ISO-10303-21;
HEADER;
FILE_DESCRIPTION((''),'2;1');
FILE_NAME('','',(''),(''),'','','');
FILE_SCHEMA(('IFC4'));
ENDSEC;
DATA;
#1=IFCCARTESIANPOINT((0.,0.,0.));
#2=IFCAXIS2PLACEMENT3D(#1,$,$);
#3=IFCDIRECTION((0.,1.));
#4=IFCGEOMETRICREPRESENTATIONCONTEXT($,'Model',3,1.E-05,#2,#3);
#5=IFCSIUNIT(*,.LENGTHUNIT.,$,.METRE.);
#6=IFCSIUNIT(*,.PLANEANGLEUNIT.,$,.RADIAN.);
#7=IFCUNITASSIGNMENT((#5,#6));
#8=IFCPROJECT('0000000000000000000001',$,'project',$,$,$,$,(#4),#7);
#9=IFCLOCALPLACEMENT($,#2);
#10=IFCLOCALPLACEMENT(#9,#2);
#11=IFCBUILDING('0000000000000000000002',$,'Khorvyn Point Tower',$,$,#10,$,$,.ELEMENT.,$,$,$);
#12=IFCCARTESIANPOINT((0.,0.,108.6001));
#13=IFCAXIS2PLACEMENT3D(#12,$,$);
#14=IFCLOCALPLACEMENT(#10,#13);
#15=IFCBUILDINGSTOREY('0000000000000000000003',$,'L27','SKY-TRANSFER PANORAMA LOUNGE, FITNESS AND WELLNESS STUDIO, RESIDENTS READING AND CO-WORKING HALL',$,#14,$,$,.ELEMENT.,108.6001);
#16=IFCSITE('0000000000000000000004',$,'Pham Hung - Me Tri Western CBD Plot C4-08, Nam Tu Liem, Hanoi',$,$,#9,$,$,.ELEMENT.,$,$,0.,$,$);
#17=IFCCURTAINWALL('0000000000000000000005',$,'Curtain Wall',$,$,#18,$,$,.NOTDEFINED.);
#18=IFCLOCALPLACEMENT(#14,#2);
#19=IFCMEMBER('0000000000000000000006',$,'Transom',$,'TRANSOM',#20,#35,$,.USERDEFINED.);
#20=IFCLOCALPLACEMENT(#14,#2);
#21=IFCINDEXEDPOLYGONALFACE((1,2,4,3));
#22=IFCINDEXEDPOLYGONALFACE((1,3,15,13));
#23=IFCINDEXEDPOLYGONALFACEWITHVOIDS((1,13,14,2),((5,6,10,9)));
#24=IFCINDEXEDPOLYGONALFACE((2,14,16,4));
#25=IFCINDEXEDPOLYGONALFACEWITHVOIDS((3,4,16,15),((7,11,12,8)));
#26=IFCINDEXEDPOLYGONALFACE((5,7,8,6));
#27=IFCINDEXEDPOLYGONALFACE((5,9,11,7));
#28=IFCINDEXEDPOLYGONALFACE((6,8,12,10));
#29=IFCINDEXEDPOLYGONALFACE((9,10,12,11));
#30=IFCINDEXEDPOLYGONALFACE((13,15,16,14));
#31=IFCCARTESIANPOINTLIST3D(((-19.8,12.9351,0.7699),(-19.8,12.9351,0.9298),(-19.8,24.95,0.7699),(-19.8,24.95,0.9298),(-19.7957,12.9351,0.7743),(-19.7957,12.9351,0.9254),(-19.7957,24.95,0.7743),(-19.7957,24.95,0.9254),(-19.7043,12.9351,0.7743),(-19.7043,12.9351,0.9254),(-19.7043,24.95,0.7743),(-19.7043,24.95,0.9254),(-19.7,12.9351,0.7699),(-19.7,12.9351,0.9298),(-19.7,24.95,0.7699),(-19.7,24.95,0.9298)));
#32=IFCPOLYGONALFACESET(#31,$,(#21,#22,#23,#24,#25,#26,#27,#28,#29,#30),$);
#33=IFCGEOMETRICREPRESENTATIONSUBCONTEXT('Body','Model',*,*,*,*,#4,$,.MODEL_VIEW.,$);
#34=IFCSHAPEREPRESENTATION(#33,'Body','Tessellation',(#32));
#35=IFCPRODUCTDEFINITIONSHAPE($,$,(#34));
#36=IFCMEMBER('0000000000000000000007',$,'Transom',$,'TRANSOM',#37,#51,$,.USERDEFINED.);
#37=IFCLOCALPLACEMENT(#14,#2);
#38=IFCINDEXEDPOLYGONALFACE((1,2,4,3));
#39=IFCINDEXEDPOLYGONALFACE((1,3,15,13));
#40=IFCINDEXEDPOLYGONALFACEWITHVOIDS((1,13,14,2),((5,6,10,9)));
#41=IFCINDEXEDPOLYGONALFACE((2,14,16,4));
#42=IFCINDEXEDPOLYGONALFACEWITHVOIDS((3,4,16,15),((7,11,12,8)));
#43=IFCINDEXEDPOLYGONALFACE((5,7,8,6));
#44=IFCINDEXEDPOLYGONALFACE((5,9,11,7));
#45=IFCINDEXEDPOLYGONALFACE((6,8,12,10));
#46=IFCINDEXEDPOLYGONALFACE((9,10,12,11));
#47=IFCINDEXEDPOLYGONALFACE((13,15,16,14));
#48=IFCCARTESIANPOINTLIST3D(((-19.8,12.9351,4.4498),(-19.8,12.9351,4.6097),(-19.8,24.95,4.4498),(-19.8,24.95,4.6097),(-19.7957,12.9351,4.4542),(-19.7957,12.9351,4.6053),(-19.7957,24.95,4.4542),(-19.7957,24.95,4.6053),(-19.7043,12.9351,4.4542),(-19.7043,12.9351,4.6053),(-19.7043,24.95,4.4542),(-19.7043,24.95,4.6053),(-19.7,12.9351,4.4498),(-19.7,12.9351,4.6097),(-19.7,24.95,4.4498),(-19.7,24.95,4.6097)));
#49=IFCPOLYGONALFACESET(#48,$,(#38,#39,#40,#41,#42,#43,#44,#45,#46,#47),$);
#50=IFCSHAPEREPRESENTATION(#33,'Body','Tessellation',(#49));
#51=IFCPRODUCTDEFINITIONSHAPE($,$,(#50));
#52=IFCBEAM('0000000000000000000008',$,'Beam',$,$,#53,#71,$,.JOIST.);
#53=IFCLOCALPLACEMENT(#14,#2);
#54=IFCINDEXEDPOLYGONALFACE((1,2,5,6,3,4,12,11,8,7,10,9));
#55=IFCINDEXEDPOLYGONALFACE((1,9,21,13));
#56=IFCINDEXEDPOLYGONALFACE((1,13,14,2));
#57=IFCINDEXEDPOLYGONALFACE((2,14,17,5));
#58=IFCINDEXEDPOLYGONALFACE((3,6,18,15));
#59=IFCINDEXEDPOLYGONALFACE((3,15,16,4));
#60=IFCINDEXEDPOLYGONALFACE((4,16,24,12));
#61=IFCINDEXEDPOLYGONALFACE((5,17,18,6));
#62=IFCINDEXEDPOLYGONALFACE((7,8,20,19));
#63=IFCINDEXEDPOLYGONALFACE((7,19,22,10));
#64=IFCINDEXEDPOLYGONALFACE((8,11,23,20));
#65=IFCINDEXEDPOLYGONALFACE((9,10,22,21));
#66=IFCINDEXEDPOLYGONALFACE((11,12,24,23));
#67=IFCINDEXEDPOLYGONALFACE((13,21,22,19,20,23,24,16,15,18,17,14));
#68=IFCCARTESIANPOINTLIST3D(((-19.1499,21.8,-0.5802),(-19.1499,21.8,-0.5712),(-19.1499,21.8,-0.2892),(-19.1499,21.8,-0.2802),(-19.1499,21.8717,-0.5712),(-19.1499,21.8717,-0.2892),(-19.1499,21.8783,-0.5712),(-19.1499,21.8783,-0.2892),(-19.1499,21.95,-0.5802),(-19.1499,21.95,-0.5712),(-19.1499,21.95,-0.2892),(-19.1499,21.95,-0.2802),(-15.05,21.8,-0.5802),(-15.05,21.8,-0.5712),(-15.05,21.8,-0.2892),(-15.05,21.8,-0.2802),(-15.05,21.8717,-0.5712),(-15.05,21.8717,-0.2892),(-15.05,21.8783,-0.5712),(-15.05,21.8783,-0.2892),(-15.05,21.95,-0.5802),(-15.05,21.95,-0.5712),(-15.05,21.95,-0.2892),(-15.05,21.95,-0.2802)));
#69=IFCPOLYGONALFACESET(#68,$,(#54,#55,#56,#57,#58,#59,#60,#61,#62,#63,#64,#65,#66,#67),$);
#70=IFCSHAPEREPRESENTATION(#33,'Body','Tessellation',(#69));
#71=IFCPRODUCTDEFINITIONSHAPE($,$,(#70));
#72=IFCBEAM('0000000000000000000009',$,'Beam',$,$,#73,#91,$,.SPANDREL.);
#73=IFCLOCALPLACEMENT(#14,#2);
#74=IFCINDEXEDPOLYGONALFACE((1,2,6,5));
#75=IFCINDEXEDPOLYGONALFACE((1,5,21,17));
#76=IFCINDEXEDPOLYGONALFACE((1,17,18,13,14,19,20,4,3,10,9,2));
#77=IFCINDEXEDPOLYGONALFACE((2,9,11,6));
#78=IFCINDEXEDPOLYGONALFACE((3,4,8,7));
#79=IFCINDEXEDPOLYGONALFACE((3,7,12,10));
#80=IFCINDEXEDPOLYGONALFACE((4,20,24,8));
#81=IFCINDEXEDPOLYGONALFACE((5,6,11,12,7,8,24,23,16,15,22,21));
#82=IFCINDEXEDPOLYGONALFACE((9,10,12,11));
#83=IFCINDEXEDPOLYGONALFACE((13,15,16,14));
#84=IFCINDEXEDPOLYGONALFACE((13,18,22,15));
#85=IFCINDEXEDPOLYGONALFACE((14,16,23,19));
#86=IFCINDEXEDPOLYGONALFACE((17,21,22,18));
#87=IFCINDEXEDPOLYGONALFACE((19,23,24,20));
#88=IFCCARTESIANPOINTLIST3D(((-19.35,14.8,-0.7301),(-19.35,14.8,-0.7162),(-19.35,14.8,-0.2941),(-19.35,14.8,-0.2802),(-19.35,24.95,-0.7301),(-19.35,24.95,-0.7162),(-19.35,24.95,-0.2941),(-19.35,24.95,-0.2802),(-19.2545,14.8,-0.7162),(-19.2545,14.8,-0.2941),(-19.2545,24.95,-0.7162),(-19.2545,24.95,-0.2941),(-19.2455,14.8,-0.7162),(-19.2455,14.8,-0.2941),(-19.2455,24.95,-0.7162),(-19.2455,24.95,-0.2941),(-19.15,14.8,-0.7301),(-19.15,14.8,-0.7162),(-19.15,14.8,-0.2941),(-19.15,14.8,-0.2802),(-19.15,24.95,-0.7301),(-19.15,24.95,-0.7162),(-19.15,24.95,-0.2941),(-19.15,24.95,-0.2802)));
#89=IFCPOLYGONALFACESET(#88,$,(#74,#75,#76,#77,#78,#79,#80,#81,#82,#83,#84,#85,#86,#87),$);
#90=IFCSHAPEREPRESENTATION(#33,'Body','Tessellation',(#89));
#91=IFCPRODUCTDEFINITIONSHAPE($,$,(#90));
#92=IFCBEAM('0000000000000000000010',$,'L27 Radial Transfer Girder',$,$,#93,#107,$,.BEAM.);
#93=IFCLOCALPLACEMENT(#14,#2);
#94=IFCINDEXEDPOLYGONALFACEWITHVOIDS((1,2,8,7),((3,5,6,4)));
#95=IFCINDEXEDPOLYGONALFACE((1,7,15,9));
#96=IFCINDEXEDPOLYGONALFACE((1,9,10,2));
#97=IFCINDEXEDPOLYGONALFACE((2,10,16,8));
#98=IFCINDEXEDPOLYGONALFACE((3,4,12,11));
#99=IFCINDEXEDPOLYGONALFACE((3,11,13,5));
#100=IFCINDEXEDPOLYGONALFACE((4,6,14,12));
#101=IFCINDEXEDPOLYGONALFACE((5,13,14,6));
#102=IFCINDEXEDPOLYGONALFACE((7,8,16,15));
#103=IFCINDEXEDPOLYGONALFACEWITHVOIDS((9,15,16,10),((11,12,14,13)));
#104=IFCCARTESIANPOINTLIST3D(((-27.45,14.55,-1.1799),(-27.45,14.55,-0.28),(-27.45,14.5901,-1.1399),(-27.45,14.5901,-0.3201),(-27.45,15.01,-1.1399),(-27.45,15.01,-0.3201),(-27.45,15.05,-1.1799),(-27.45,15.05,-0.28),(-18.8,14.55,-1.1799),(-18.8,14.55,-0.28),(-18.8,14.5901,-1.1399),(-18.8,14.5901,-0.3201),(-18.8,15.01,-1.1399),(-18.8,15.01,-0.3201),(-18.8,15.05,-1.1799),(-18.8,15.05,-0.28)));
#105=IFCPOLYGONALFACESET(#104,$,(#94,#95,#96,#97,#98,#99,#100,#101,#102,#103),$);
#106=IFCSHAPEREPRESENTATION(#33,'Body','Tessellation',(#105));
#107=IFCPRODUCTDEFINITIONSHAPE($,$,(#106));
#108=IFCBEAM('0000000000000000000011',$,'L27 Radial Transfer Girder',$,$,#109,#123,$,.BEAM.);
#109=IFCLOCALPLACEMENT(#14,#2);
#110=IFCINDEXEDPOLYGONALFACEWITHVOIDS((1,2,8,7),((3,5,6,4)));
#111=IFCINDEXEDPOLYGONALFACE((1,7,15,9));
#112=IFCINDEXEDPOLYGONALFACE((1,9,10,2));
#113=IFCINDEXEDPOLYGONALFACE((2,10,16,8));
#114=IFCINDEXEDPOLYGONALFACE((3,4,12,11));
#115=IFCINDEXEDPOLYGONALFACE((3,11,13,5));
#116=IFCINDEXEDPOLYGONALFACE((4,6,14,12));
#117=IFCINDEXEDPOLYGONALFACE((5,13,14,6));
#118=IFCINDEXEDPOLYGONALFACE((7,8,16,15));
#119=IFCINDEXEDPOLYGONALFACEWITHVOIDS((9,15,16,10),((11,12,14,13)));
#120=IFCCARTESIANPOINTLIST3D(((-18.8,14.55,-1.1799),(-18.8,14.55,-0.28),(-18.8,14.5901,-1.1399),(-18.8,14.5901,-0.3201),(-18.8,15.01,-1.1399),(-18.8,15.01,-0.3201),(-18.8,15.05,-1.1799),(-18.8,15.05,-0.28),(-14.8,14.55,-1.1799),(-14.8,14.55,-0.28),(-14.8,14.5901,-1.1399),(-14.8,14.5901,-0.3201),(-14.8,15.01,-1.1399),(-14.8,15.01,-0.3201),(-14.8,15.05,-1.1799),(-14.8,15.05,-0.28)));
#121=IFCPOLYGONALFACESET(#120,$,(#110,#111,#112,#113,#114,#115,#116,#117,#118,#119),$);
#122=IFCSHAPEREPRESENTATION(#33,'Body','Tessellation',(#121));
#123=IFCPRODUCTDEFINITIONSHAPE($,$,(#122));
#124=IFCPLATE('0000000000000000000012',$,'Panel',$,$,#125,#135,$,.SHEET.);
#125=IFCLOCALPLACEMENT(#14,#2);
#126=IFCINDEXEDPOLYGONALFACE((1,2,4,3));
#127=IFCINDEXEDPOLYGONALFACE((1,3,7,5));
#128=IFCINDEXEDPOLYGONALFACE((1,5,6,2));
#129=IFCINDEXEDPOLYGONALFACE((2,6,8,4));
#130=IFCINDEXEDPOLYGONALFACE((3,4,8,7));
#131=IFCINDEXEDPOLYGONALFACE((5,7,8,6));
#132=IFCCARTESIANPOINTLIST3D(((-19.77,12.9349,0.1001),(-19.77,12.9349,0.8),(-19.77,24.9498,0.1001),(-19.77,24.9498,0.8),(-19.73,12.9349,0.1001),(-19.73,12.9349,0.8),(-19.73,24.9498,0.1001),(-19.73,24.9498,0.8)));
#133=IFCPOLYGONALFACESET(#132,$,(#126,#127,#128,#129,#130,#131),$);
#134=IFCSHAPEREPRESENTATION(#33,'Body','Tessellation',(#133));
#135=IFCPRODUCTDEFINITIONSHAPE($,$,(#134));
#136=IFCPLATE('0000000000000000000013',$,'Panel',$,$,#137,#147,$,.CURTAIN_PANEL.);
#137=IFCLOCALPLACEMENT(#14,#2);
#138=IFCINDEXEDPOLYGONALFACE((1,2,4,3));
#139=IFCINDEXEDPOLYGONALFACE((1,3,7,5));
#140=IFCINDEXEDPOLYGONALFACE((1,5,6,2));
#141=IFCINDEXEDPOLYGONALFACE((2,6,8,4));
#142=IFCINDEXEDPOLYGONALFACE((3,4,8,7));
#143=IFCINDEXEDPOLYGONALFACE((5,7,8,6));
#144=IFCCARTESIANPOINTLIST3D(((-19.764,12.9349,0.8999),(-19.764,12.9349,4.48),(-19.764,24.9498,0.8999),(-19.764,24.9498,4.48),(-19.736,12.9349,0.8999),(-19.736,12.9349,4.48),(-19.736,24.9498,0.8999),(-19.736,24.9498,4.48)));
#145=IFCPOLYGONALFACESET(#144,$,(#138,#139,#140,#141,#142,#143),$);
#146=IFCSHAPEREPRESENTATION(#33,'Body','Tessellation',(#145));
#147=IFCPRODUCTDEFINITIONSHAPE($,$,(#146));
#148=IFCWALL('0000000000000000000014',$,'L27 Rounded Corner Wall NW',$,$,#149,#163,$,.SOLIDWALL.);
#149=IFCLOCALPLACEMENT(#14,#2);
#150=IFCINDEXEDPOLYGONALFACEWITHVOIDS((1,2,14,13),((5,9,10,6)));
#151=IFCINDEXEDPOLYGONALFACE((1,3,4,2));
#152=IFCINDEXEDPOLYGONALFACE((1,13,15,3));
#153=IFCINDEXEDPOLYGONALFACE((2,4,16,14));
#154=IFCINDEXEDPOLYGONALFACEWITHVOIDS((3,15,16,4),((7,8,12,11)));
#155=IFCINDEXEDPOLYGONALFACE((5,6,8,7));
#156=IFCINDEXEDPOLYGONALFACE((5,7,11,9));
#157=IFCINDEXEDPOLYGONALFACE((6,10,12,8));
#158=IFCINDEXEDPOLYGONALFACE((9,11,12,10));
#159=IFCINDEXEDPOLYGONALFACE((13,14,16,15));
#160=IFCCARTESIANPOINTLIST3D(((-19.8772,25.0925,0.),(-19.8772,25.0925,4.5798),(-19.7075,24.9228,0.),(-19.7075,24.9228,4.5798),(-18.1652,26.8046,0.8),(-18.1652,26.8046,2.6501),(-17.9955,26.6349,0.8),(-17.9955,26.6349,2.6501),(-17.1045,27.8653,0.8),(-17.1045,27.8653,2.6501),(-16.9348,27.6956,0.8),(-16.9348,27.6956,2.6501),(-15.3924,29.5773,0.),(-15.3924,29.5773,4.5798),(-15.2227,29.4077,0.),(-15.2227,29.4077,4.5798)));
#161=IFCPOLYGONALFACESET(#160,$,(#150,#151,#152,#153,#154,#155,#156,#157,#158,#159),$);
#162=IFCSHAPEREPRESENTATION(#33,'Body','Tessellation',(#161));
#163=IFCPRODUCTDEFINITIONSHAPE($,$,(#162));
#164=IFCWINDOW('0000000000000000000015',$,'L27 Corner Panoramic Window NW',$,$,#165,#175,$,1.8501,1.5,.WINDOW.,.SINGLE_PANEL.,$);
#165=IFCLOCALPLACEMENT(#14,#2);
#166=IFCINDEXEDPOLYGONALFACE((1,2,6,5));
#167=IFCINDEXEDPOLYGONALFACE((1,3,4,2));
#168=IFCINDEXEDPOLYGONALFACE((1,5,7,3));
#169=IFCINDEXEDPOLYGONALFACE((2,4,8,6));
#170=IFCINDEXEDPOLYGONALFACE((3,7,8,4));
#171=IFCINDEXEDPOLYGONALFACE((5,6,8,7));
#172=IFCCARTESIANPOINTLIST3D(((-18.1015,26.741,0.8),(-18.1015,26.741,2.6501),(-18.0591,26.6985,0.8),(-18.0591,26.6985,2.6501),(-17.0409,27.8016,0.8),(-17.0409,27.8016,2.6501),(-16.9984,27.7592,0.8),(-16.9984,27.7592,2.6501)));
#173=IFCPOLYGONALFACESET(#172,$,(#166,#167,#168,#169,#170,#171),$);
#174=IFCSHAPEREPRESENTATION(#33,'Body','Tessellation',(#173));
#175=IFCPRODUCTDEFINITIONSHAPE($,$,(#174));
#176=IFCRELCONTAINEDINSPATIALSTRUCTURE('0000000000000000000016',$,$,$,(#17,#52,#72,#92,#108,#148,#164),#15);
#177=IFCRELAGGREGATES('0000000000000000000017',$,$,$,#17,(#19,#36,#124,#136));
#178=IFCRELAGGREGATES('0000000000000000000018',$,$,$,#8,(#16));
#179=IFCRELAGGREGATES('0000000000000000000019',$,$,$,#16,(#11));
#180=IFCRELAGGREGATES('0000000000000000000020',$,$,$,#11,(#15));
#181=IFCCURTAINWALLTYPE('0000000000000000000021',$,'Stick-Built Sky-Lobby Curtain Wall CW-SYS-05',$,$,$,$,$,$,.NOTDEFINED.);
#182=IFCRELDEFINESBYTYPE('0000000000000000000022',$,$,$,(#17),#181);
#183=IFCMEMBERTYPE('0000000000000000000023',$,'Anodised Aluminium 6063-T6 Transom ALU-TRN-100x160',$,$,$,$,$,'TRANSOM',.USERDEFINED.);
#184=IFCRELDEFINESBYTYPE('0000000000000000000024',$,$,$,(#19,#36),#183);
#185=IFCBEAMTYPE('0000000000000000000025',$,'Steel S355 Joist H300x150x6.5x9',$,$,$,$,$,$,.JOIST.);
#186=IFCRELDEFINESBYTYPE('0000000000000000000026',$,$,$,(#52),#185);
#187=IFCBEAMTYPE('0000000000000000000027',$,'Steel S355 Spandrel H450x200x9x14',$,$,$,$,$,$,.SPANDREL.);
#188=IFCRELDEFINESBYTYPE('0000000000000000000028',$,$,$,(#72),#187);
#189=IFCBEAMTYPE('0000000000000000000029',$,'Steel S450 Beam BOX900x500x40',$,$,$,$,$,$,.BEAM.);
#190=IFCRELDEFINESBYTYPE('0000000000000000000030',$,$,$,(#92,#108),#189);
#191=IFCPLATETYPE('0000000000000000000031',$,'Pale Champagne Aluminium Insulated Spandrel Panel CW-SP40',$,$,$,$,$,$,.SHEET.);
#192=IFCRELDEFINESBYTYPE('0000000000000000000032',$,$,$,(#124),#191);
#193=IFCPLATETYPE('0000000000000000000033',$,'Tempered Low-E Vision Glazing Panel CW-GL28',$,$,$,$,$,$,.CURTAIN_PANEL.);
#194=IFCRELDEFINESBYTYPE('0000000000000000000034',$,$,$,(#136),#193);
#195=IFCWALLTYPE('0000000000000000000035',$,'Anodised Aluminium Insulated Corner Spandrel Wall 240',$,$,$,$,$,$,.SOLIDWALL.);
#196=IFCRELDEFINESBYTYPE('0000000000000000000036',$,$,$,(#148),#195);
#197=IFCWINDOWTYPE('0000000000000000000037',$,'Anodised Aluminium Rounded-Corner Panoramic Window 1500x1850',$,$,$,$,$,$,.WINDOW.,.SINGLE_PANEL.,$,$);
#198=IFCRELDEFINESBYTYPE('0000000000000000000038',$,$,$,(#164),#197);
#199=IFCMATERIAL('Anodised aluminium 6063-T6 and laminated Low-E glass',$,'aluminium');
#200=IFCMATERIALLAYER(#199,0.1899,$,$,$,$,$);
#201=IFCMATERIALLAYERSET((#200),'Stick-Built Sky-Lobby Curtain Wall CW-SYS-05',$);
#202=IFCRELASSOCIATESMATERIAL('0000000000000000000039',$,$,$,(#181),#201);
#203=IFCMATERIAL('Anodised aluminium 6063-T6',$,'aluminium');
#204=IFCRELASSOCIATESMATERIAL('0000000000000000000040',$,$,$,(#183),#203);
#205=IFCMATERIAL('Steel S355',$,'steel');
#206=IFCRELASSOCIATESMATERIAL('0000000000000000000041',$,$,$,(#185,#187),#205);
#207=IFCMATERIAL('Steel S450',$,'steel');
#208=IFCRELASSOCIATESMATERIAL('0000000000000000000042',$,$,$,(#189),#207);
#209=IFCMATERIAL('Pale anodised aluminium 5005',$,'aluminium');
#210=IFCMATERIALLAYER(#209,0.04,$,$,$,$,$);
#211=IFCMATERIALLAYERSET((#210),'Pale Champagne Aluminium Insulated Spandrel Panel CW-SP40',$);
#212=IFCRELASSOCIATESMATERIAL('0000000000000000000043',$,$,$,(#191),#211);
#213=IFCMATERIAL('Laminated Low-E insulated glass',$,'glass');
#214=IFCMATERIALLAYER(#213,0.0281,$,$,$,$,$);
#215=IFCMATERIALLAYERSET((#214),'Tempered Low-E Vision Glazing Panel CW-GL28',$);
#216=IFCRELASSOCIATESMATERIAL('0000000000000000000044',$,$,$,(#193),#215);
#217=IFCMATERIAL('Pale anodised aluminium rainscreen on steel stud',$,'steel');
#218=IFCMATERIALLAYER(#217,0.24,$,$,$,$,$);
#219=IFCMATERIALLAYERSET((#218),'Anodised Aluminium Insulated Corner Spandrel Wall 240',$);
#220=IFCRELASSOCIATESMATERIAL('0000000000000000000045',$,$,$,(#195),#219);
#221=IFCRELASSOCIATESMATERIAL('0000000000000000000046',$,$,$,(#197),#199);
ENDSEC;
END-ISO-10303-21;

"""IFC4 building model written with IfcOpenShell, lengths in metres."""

from ifc_helpers import new_model, si_unit, direction, frame, frame_2d, origin, origin_2d, place, context, subcontext, project, spatial, rectangle, hollow_rectangle, i_section, extrude, material, layer, layer_set, material_profile, profile_set, type_object, element, fill, aggregate, save


model = new_model("IFC4")

# Units and contexts
model_context = context("Model", 3, precision=1e-05, world=origin(), true_north=direction((0.0, 1.0)))
body_context = subcontext(model_context, "Body", "Model", "MODEL_VIEW")
ifc_project = project(units=[si_unit("LENGTHUNIT", "METRE"), si_unit("PLANEANGLEUNIT", "RADIAN")], contexts=[model_context])

# Site, building, storey
site_placement = place(None, origin())
site = spatial("IfcSite", under=ifc_project, at=site_placement, Name="Pham Hung - Me Tri Western CBD Plot C4-08, Nam Tu Liem, Hanoi", CompositionType="ELEMENT", RefElevation=0.0)
building_placement = place(site_placement, origin())
building = spatial("IfcBuilding", under=site, at=building_placement, Name="Khorvyn Point Tower", CompositionType="ELEMENT")
storey_placement = place(building_placement, frame((0.0, 0.0, 108.6001)))
storey = spatial("IfcBuildingStorey", under=building, at=storey_placement, Name="L27", Description="SKY-TRANSFER PANORAMA LOUNGE, FITNESS AND WELLNESS STUDIO, RESIDENTS READING AND CO-WORKING HALL", CompositionType="ELEMENT", Elevation=108.6001)

# Shared definitions
ifc_material_1 = material(Name="Steel S450", Category="steel")

# Shared definitions
ifc_material_2 = material(Name="Anodised aluminium 6063-T6 and laminated Low-E glass", Category="aluminium")
ifc_layer_1 = layer(ifc_material_2, 0.1899)
ifc_layer_set_1 = layer_set([ifc_layer_1], Name="Stick-Built Sky-Lobby Curtain Wall CW-SYS-05")
curtain_wall_type = type_object("IfcCurtainWallType", Name="Stick-Built Sky-Lobby Curtain Wall CW-SYS-05", PredefinedType="NOTDEFINED", material=ifc_layer_set_1)
ifc_material_3 = material(Name="Anodised aluminium 6063-T6", Category="aluminium")

# Curtain wall
curtain_wall_1_placement = place(storey_placement, origin())
curtain_wall_1 = element("IfcCurtainWall", 1, at=curtain_wall_1_placement, inside=storey, type_object=curtain_wall_type, Name="Curtain Wall", PredefinedType="NOTDEFINED")

# Members
ifc_material_profile_1 = material_profile(ifc_material_3, hollow_rectangle(XDim=0.1001, YDim=0.1599, WallThickness=0.0044, at=origin_2d()))
ifc_profile_set_1 = profile_set([ifc_material_profile_1], Name="Anodised aluminium 6063-T6 ALU-TRN-100x160")
member_type_1 = type_object("IfcMemberType", Name="Anodised Aluminium 6063-T6 Transom ALU-TRN-100x160", ElementType="TRANSOM", PredefinedType="USERDEFINED", material=ifc_profile_set_1)
member_1_placement = place(storey_placement, frame((-19.75, 12.9351, 0.8499), z_axis=(0.0, 1.0, 0.0), x_axis=(-1.0, 0.0, 0.0)))
member_1 = element("IfcMember", 2, at=member_1_placement, type_object=member_type_1, Name="Transom", ObjectType="TRANSOM", PredefinedType="USERDEFINED", context=body_context, shape_type="SweptSolid", body=[
    extrude(hollow_rectangle(XDim=0.1001, YDim=0.1599, WallThickness=0.0044, at=origin_2d()), origin(), (0.0, 0.0, 1.0), 12.0149),
])
member_2_placement = place(storey_placement, frame((-19.75, 12.9351, 4.5298), z_axis=(0.0, 1.0, 0.0), x_axis=(-1.0, 0.0, 0.0)))
member_2 = element("IfcMember", 3, at=member_2_placement, type_object=member_type_1, Name="Transom", ObjectType="TRANSOM", PredefinedType="USERDEFINED", context=body_context, shape_type="SweptSolid", body=[
    extrude(hollow_rectangle(XDim=0.1001, YDim=0.1599, WallThickness=0.0044, at=origin_2d()), origin(), (0.0, 0.0, 1.0), 12.0149),
])

# Beams
ifc_material_4 = material(Name="Steel S355", Category="steel")
ifc_material_profile_2 = material_profile(ifc_material_4, i_section(OverallWidth=0.1499, OverallDepth=0.3, WebThickness=0.0066, FlangeThickness=0.009, at=origin_2d()))
ifc_profile_set_2 = profile_set([ifc_material_profile_2], Name="Steel S355 H300x150x6.5x9")
beam_type_1 = type_object("IfcBeamType", Name="Steel S355 Joist H300x150x6.5x9", PredefinedType="JOIST", material=ifc_profile_set_2)
beam_1_placement = place(storey_placement, frame((-19.1499, 21.875, -0.4302), z_axis=(1.0, 0.0, 0.0), x_axis=(0.0, 1.0, 0.0)))
element("IfcBeam", 4, at=beam_1_placement, inside=storey, type_object=beam_type_1, Name="Beam", PredefinedType="JOIST", context=body_context, shape_type="SweptSolid", body=[
    extrude(i_section(OverallWidth=0.1499, OverallDepth=0.3, WebThickness=0.0066, FlangeThickness=0.009, at=origin_2d()), origin(), (0.0, 0.0, 1.0), 4.0999),
])
ifc_material_profile_3 = material_profile(ifc_material_4, i_section(OverallWidth=0.2, OverallDepth=0.45, WebThickness=0.009, FlangeThickness=0.0139, at=origin_2d()))
ifc_profile_set_3 = profile_set([ifc_material_profile_3], Name="Steel S355 H450x200x9x14")
beam_type_2 = type_object("IfcBeamType", Name="Steel S355 Spandrel H450x200x9x14", PredefinedType="SPANDREL", material=ifc_profile_set_3)
beam_2_placement = place(storey_placement, frame((-19.25, 14.8, -0.5051), z_axis=(0.0, 1.0, 0.0), x_axis=(-1.0, 0.0, 0.0)))
element("IfcBeam", 5, at=beam_2_placement, inside=storey, type_object=beam_type_2, Name="Beam", PredefinedType="SPANDREL", context=body_context, shape_type="SweptSolid", body=[
    extrude(i_section(OverallWidth=0.2, OverallDepth=0.45, WebThickness=0.009, FlangeThickness=0.0139, at=origin_2d()), origin(), (0.0, 0.0, 1.0), 10.1499),
])
ifc_material_profile_4 = material_profile(ifc_material_1, hollow_rectangle(XDim=0.5, YDim=0.8999, WallThickness=0.04, at=origin_2d()))
ifc_profile_set_4 = profile_set([ifc_material_profile_4], Name="Steel S450 BOX900x500x40")
beam_type_3 = type_object("IfcBeamType", Name="Steel S450 Beam BOX900x500x40", PredefinedType="BEAM", material=ifc_profile_set_4)
beam_3_placement = place(storey_placement, frame((-27.45, 14.8, -0.73), z_axis=(1.0, 0.0, 0.0), x_axis=(0.0, 1.0, 0.0)))
element("IfcBeam", 6, at=beam_3_placement, inside=storey, type_object=beam_type_3, Name="L27 Radial Transfer Girder", PredefinedType="BEAM", context=body_context, shape_type="SweptSolid", body=[
    extrude(hollow_rectangle(XDim=0.5, YDim=0.8999, WallThickness=0.04, at=origin_2d()), origin(), (0.0, 0.0, 1.0), 8.6499),
])
beam_4_placement = place(storey_placement, frame((-18.8, 14.8, -0.73), z_axis=(1.0, 0.0, 0.0), x_axis=(0.0, 1.0, 0.0)))
element("IfcBeam", 7, at=beam_4_placement, inside=storey, type_object=beam_type_3, Name="L27 Radial Transfer Girder", PredefinedType="BEAM", context=body_context, shape_type="SweptSolid", body=[
    extrude(hollow_rectangle(XDim=0.5, YDim=0.8999, WallThickness=0.04, at=origin_2d()), origin(), (0.0, 0.0, 1.0), 4.0),
])

# Plates
ifc_material_5 = material(Name="Pale anodised aluminium 5005", Category="aluminium")
ifc_layer_2 = layer(ifc_material_5, 0.04)
ifc_layer_set_2 = layer_set([ifc_layer_2], Name="Pale Champagne Aluminium Insulated Spandrel Panel CW-SP40")
plate_type_1 = type_object("IfcPlateType", Name="Pale Champagne Aluminium Insulated Spandrel Panel CW-SP40", PredefinedType="SHEET", material=ifc_layer_set_2)
plate_1_placement = place(storey_placement, frame((-19.75, 18.9424, 0.1001), z_axis=(0.0, 0.0, 1.0), x_axis=(0.0, 1.0, 0.0)))
plate_1 = element("IfcPlate", 8, at=plate_1_placement, type_object=plate_type_1, Name="Panel", PredefinedType="SHEET", context=body_context, shape_type="SweptSolid", body=[
    extrude(rectangle(XDim=12.0149, YDim=0.04, at=origin_2d()), origin(), (0.0, 0.0, 1.0), 0.7),
])
ifc_material_6 = material(Name="Laminated Low-E insulated glass", Category="glass")
ifc_layer_3 = layer(ifc_material_6, 0.0281)
ifc_layer_set_3 = layer_set([ifc_layer_3], Name="Tempered Low-E Vision Glazing Panel CW-GL28")
plate_type_2 = type_object("IfcPlateType", Name="Tempered Low-E Vision Glazing Panel CW-GL28", PredefinedType="CURTAIN_PANEL", material=ifc_layer_set_3)
plate_2_placement = place(storey_placement, frame((-19.75, 18.9424, 0.8999), z_axis=(0.0, 0.0, 1.0), x_axis=(0.0, 1.0, 0.0)))
plate_2 = element("IfcPlate", 9, at=plate_2_placement, type_object=plate_type_2, Name="Panel", PredefinedType="CURTAIN_PANEL", context=body_context, shape_type="SweptSolid", body=[
    extrude(rectangle(XDim=12.0149, YDim=0.0281, at=origin_2d()), origin(), (0.0, 0.0, 1.0), 3.5801),
])
aggregate(curtain_wall_1, [member_1, member_2, plate_1, plate_2])

# Wall, opening, window
ifc_material_7 = material(Name="Pale anodised aluminium rainscreen on steel stud", Category="steel")
ifc_layer_4 = layer(ifc_material_7, 0.24)
ifc_layer_set_4 = layer_set([ifc_layer_4], Name="Anodised Aluminium Insulated Corner Spandrel Wall 240")
wall_type_1 = type_object("IfcWallType", Name="Anodised Aluminium Insulated Corner Spandrel Wall 240", PredefinedType="SOLIDWALL", material=ifc_layer_set_4)
wall_1_placement = place(storey_placement, frame((-19.7925, 25.0076, 0.0), z_axis=(0.0, 0.0, 1.0), x_axis=(0.707107, 0.707107, 0.0)))
wall_1 = element("IfcWall", 10, at=wall_1_placement, inside=storey, type_object=wall_type_1, Name="L27 Rounded Corner Wall NW", PredefinedType="SOLIDWALL", context=body_context, shape_type="SweptSolid", body=[
    extrude(rectangle(XDim=6.3425, YDim=0.24, at=frame_2d((3.1714, 0.0))), origin(), (0.0, 0.0, 1.0), 4.5798),
])
opening_1_placement = place(wall_1_placement, frame((2.4214, 0.0, 0.8)))
opening_1 = element("IfcOpeningElement", 11, at=opening_1_placement, cuts=wall_1, PredefinedType="OPENING", context=body_context, shape_type="SweptSolid", body=[
    extrude(rectangle(XDim=1.5, YDim=1.8501, at=frame_2d((0.75, 0.925))), frame((0.0, 0.1299, 0.0), z_axis=(0.0, -1.0, 0.0), x_axis=(1.0, 0.0, 0.0)), (0.0, 0.0, 1.0), 0.26),
])
window_type = type_object("IfcWindowType", Name="Anodised Aluminium Rounded-Corner Panoramic Window 1500x1850", PartitioningType="SINGLE_PANEL", PredefinedType="WINDOW", material=ifc_material_2)
window_placement = place(opening_1_placement, origin())
window = element("IfcWindow", 12, at=window_placement, inside=storey, type_object=window_type, Name="L27 Corner Panoramic Window NW", OverallHeight=1.8501, OverallWidth=1.5, PartitioningType="SINGLE_PANEL", PredefinedType="WINDOW", context=body_context, shape_type="SweptSolid", body=[
    extrude(rectangle(XDim=1.5, YDim=1.8501, at=frame_2d((0.75, 0.925))), frame((0.0, 0.03, 0.0), z_axis=(0.0, -1.0, 0.0), x_axis=(1.0, 0.0, 0.0)), (0.0, 0.0, 1.0), 0.0601),
])
fill(opening_1, window)

save(model, "model.ifc")
